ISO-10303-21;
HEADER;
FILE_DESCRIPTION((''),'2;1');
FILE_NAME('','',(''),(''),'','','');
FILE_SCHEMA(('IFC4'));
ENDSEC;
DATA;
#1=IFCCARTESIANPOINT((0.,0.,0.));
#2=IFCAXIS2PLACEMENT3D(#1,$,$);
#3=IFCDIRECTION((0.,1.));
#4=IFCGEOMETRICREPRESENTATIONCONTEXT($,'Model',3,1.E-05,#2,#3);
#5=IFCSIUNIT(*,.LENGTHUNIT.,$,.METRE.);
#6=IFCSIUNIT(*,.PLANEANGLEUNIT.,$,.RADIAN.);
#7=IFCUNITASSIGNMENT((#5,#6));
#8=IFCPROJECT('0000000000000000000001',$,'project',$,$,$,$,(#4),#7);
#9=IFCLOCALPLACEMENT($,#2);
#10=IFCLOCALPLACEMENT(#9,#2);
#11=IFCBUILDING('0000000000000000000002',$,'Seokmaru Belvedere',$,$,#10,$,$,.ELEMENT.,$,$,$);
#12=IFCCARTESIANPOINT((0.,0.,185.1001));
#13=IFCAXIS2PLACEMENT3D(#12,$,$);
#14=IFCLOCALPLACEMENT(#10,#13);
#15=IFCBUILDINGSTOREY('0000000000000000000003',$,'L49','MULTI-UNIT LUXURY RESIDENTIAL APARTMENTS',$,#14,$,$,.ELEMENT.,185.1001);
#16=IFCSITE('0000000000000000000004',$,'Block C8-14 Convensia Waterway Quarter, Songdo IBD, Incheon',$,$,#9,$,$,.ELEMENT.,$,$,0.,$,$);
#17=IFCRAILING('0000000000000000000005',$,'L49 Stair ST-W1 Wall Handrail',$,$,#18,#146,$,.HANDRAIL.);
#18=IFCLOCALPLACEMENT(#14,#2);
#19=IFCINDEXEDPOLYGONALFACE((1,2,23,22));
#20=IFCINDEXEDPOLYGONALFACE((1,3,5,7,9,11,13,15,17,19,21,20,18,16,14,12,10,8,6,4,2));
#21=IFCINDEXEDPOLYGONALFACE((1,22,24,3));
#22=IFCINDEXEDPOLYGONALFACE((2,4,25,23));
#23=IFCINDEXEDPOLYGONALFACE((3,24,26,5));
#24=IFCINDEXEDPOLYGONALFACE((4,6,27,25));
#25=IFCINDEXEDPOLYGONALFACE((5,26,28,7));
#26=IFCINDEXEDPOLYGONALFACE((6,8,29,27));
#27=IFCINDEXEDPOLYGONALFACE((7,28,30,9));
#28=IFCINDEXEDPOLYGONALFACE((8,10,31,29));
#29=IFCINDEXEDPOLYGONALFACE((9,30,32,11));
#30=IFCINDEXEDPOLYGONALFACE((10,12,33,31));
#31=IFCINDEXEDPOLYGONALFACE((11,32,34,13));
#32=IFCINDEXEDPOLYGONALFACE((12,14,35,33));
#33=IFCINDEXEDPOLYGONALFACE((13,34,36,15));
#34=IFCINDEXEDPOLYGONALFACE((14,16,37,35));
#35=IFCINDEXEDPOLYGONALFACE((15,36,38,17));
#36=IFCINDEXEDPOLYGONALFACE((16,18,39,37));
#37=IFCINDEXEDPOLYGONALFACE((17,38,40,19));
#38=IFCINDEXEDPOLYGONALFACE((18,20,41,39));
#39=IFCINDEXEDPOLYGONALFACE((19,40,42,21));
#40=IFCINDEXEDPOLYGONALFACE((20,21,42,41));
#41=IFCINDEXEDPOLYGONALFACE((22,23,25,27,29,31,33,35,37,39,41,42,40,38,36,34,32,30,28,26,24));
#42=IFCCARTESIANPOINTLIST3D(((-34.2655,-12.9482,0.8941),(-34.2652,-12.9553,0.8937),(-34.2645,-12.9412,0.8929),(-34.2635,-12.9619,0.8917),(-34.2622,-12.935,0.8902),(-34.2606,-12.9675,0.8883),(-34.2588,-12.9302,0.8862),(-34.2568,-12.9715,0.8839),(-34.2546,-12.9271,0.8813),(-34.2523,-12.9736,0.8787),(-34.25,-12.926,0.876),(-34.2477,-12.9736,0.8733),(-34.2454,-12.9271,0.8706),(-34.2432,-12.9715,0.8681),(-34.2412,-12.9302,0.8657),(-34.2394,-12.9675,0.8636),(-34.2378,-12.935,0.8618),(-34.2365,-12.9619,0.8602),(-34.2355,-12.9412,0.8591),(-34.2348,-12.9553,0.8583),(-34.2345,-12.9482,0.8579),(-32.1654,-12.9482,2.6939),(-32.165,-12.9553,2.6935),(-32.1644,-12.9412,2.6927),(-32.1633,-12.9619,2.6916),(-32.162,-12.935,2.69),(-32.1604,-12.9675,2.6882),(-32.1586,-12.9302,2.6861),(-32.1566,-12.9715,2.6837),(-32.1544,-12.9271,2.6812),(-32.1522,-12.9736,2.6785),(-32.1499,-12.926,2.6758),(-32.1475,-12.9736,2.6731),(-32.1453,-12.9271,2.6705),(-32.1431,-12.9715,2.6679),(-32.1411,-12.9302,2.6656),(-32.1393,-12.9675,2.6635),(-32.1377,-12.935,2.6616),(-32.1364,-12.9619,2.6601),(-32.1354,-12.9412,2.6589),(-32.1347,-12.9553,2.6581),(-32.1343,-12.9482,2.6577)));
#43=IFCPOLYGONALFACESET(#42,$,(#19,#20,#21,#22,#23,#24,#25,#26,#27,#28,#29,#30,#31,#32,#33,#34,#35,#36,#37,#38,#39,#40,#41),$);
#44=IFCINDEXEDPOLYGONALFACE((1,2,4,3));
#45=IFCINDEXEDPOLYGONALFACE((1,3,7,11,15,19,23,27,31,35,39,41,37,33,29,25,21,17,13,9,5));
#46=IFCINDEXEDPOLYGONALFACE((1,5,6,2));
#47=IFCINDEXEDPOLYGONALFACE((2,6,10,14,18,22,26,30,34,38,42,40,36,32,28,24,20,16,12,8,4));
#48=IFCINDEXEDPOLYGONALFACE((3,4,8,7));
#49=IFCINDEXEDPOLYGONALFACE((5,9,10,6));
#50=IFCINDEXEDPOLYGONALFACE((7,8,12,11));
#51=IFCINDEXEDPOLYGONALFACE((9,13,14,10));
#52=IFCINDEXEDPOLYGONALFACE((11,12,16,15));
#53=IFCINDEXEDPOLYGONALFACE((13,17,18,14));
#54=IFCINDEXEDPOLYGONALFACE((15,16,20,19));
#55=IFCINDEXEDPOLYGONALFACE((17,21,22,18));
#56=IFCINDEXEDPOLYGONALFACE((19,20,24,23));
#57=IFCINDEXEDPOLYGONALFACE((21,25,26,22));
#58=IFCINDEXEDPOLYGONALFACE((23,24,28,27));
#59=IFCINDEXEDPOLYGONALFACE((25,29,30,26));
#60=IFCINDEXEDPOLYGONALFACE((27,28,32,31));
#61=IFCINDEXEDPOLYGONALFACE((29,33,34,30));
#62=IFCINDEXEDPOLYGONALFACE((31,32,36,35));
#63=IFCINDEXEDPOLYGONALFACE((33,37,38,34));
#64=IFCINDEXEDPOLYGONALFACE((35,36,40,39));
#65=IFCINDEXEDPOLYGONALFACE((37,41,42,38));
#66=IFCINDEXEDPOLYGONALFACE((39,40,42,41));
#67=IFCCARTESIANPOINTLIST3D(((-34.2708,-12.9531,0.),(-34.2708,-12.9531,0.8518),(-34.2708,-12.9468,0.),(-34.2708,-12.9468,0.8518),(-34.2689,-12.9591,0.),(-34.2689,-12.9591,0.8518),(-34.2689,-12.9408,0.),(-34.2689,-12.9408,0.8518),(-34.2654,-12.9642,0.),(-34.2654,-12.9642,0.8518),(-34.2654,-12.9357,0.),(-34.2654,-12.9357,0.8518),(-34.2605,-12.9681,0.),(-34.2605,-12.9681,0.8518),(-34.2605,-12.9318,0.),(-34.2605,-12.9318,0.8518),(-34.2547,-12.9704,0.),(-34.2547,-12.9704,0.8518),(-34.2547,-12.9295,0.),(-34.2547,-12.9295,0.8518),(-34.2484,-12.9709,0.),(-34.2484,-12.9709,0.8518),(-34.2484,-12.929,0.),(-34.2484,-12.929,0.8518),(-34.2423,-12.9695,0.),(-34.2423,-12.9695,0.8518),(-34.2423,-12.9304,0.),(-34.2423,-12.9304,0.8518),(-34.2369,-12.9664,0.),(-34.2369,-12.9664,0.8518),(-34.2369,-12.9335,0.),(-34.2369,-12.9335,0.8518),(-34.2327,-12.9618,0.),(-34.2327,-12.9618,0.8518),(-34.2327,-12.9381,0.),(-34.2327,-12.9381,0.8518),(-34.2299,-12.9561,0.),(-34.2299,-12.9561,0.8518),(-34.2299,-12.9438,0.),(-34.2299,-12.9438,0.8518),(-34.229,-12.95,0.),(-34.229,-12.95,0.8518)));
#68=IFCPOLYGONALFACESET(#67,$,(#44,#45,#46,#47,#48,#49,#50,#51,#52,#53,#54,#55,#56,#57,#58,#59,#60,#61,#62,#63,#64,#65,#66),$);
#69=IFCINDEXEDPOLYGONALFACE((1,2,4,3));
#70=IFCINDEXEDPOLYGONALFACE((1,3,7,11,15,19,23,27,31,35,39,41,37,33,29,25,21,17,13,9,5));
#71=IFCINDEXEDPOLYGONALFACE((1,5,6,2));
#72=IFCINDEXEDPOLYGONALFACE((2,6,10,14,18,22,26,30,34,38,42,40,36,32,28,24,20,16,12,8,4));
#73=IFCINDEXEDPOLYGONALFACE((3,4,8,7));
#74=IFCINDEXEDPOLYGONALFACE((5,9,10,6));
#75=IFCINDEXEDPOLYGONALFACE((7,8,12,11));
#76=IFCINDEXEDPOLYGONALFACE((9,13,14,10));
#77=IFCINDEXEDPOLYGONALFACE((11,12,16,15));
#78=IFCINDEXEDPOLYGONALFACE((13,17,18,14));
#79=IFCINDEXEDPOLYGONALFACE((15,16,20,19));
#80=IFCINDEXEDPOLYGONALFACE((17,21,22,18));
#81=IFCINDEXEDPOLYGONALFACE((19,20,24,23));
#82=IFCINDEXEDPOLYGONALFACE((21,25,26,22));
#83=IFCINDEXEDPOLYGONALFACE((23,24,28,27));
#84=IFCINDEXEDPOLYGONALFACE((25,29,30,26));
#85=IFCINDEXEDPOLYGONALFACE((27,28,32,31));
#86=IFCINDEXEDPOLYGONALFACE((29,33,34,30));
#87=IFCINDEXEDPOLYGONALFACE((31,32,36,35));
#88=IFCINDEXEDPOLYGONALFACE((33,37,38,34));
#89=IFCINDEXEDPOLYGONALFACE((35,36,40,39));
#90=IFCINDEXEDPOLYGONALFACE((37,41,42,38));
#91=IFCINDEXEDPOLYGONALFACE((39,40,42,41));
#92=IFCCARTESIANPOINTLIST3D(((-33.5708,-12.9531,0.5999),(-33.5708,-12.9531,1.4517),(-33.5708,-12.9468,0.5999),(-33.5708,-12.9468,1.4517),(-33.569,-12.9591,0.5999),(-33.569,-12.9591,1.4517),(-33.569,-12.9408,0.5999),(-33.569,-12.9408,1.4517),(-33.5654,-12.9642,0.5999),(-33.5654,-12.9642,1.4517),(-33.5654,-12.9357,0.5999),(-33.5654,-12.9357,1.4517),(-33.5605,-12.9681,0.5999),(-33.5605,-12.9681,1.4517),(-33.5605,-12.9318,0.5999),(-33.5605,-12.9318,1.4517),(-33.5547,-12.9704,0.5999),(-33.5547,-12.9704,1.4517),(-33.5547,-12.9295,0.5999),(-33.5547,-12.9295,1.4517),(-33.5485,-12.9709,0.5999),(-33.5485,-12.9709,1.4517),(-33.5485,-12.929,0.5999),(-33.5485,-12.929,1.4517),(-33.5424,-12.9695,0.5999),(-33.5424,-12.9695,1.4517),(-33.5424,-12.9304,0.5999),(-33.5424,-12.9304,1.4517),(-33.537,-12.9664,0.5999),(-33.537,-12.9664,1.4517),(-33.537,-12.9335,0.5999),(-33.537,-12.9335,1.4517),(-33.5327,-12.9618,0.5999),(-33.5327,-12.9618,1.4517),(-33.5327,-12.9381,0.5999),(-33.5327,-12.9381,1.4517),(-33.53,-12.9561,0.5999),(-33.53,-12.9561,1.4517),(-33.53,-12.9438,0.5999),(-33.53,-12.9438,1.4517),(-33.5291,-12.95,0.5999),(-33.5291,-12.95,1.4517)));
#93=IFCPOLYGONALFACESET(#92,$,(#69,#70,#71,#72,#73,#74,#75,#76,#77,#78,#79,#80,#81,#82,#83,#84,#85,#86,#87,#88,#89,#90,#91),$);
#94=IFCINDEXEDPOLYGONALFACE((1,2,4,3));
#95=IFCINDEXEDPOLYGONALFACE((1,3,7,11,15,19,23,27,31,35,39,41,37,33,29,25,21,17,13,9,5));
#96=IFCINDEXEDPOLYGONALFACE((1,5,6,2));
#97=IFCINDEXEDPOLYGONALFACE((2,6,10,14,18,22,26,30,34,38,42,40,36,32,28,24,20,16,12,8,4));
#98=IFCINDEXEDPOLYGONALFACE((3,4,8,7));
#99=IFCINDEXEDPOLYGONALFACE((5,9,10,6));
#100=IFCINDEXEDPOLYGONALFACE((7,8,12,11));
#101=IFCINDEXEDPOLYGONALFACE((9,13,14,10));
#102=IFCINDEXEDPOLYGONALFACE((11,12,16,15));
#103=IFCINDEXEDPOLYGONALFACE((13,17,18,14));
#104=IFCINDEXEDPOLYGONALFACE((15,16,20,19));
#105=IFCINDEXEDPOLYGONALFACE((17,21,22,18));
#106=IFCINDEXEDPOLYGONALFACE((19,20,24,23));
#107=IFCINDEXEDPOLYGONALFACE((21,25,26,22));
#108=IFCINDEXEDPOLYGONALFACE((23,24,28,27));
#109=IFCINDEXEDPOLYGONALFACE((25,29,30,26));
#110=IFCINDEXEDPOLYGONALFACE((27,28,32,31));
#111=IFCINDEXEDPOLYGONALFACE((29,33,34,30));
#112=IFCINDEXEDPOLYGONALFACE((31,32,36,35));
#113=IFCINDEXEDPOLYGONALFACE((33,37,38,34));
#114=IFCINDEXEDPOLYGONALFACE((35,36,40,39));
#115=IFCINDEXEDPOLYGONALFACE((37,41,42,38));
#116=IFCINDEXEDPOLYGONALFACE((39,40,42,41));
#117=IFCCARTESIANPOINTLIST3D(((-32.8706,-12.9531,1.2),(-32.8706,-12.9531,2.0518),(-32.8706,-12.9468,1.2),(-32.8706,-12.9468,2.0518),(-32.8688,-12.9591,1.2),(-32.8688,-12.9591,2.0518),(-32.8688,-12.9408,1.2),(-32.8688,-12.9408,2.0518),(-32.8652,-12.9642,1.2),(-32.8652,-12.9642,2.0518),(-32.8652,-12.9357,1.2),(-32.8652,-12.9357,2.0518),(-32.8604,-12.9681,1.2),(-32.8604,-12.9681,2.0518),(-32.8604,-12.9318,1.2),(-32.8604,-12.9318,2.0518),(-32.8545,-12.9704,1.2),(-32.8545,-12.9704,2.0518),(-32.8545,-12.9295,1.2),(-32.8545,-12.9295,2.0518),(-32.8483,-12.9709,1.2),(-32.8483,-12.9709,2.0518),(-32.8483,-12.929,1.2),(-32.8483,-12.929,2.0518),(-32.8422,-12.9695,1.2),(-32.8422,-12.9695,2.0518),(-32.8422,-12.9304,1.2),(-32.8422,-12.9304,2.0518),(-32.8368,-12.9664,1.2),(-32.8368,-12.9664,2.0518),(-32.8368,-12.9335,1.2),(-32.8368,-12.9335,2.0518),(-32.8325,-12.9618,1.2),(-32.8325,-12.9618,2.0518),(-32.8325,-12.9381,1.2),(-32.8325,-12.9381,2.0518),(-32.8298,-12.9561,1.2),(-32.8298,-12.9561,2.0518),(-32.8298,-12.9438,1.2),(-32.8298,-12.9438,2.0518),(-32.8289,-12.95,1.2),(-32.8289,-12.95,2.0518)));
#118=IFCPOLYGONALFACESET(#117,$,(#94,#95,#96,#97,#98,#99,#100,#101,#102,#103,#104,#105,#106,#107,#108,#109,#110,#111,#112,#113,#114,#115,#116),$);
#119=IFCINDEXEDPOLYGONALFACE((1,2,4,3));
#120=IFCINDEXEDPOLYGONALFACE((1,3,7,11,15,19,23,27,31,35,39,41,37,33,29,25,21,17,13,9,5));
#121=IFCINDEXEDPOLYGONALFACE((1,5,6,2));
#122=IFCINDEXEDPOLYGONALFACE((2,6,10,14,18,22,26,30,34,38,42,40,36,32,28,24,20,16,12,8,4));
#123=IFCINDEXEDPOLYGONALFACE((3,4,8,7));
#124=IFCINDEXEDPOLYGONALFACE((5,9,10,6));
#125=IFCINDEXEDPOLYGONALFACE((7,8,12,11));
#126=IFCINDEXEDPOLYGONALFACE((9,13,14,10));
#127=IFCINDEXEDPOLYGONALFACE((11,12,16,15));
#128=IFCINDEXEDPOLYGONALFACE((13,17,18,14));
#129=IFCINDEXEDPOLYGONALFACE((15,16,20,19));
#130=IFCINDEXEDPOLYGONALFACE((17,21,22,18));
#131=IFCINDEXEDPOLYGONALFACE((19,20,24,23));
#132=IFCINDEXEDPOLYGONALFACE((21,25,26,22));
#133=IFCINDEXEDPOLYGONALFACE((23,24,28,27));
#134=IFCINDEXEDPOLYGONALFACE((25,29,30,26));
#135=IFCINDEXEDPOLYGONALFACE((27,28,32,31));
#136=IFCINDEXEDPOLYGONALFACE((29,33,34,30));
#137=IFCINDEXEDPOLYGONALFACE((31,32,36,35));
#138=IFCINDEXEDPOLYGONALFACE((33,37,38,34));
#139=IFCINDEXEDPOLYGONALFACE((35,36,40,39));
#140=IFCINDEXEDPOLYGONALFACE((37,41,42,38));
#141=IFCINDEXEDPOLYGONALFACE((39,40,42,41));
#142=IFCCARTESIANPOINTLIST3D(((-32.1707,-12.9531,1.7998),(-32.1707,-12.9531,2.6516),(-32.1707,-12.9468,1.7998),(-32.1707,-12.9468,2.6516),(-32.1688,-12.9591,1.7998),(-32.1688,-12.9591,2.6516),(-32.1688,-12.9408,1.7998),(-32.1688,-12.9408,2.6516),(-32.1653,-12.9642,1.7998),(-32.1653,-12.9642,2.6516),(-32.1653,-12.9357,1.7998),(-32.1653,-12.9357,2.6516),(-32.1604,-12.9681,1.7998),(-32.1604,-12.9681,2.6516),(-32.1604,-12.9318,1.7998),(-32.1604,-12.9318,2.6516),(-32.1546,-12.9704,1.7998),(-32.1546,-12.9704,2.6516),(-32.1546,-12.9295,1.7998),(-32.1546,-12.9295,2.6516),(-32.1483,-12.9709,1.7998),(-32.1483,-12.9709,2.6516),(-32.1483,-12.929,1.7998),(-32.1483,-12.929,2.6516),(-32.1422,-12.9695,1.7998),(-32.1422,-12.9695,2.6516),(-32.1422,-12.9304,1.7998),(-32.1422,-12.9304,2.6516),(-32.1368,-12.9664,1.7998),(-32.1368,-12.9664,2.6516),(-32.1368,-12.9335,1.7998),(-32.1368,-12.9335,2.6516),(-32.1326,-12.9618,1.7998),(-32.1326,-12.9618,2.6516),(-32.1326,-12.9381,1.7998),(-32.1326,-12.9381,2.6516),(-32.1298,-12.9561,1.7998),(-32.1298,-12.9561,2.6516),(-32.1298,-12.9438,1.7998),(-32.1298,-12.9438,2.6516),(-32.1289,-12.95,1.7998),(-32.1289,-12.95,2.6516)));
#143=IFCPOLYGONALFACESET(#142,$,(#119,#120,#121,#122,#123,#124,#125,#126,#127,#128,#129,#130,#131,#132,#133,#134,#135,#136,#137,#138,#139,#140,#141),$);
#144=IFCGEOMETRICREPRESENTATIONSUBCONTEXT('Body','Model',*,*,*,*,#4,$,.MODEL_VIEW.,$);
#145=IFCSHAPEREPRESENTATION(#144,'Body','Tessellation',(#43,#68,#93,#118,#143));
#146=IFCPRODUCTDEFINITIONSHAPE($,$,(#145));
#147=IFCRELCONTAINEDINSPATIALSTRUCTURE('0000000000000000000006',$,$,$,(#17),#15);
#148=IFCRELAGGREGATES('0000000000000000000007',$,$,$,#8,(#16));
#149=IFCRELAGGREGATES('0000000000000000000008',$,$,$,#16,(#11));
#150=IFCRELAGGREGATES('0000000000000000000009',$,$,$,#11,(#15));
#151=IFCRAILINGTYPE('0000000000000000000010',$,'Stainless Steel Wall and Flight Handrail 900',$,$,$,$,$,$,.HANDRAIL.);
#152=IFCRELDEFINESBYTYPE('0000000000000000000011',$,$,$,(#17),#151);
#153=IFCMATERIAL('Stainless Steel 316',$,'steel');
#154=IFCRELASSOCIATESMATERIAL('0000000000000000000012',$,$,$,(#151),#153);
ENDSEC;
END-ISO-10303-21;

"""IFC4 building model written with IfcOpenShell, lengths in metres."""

from ifc_helpers import new_model, si_unit, direction, frame, origin, origin_2d, place, context, subcontext, project, spatial, circle, extrude, material, type_object, element, save


model = new_model("IFC4")

# Units and contexts
model_context = context("Model", 3, precision=1e-05, world=origin(), true_north=direction((0.0, 1.0)))
body_context = subcontext(model_context, "Body", "Model", "MODEL_VIEW")
ifc_project = project(units=[si_unit("LENGTHUNIT", "METRE"), si_unit("PLANEANGLEUNIT", "RADIAN")], contexts=[model_context])

# Site, building, storey
site_placement = place(None, origin())
site = spatial("IfcSite", under=ifc_project, at=site_placement, Name="Block C8-14 Convensia Waterway Quarter, Songdo IBD, Incheon", CompositionType="ELEMENT", RefElevation=0.0)
building_placement = place(site_placement, origin())
building = spatial("IfcBuilding", under=site, at=building_placement, Name="Seokmaru Belvedere", CompositionType="ELEMENT")
storey_placement = place(building_placement, frame((0.0, 0.0, 185.1001)))
storey = spatial("IfcBuildingStorey", under=building, at=storey_placement, Name="L49", Description="MULTI-UNIT LUXURY RESIDENTIAL APARTMENTS", CompositionType="ELEMENT", Elevation=185.1001)

# Railing
ifc_material_1 = material(Name="Stainless Steel 316", Category="steel")
railing_type_1 = type_object("IfcRailingType", Name="Stainless Steel Wall and Flight Handrail 900", PredefinedType="HANDRAIL", material=ifc_material_1)
railing_1_placement = place(storey_placement, frame((-34.25, -12.95, 0.0)))
element("IfcRailing", 1, at=railing_1_placement, inside=storey, type_object=railing_type_1, Name="L49 Stair ST-W1 Wall Handrail", PredefinedType="HANDRAIL", context=body_context, shape_type="SweptSolid", body=[
    extrude(circle(Radius=0.0239, at=origin_2d()), frame((0.0, 0.0, 0.876), z_axis=(0.759306, 0.0, 0.650733), x_axis=(0.0, 1.0, 0.0)), (0.0, 0.0, 1.0), 2.7659),
    extrude(circle(Radius=0.021, at=origin_2d()), origin(), (0.0, 0.0, 1.0), 0.8518),
    extrude(circle(Radius=0.021, at=origin_2d()), frame((0.7, 0.0, 0.5999)), (0.0, 0.0, 1.0), 0.8518),
    extrude(circle(Radius=0.021, at=origin_2d()), frame((1.4001, 0.0, 1.2)), (0.0, 0.0, 1.0), 0.8518),
    extrude(circle(Radius=0.021, at=origin_2d()), frame((2.1001, 0.0, 1.7998)), (0.0, 0.0, 1.0), 0.8518),
])

save(model, "model.ifc")
